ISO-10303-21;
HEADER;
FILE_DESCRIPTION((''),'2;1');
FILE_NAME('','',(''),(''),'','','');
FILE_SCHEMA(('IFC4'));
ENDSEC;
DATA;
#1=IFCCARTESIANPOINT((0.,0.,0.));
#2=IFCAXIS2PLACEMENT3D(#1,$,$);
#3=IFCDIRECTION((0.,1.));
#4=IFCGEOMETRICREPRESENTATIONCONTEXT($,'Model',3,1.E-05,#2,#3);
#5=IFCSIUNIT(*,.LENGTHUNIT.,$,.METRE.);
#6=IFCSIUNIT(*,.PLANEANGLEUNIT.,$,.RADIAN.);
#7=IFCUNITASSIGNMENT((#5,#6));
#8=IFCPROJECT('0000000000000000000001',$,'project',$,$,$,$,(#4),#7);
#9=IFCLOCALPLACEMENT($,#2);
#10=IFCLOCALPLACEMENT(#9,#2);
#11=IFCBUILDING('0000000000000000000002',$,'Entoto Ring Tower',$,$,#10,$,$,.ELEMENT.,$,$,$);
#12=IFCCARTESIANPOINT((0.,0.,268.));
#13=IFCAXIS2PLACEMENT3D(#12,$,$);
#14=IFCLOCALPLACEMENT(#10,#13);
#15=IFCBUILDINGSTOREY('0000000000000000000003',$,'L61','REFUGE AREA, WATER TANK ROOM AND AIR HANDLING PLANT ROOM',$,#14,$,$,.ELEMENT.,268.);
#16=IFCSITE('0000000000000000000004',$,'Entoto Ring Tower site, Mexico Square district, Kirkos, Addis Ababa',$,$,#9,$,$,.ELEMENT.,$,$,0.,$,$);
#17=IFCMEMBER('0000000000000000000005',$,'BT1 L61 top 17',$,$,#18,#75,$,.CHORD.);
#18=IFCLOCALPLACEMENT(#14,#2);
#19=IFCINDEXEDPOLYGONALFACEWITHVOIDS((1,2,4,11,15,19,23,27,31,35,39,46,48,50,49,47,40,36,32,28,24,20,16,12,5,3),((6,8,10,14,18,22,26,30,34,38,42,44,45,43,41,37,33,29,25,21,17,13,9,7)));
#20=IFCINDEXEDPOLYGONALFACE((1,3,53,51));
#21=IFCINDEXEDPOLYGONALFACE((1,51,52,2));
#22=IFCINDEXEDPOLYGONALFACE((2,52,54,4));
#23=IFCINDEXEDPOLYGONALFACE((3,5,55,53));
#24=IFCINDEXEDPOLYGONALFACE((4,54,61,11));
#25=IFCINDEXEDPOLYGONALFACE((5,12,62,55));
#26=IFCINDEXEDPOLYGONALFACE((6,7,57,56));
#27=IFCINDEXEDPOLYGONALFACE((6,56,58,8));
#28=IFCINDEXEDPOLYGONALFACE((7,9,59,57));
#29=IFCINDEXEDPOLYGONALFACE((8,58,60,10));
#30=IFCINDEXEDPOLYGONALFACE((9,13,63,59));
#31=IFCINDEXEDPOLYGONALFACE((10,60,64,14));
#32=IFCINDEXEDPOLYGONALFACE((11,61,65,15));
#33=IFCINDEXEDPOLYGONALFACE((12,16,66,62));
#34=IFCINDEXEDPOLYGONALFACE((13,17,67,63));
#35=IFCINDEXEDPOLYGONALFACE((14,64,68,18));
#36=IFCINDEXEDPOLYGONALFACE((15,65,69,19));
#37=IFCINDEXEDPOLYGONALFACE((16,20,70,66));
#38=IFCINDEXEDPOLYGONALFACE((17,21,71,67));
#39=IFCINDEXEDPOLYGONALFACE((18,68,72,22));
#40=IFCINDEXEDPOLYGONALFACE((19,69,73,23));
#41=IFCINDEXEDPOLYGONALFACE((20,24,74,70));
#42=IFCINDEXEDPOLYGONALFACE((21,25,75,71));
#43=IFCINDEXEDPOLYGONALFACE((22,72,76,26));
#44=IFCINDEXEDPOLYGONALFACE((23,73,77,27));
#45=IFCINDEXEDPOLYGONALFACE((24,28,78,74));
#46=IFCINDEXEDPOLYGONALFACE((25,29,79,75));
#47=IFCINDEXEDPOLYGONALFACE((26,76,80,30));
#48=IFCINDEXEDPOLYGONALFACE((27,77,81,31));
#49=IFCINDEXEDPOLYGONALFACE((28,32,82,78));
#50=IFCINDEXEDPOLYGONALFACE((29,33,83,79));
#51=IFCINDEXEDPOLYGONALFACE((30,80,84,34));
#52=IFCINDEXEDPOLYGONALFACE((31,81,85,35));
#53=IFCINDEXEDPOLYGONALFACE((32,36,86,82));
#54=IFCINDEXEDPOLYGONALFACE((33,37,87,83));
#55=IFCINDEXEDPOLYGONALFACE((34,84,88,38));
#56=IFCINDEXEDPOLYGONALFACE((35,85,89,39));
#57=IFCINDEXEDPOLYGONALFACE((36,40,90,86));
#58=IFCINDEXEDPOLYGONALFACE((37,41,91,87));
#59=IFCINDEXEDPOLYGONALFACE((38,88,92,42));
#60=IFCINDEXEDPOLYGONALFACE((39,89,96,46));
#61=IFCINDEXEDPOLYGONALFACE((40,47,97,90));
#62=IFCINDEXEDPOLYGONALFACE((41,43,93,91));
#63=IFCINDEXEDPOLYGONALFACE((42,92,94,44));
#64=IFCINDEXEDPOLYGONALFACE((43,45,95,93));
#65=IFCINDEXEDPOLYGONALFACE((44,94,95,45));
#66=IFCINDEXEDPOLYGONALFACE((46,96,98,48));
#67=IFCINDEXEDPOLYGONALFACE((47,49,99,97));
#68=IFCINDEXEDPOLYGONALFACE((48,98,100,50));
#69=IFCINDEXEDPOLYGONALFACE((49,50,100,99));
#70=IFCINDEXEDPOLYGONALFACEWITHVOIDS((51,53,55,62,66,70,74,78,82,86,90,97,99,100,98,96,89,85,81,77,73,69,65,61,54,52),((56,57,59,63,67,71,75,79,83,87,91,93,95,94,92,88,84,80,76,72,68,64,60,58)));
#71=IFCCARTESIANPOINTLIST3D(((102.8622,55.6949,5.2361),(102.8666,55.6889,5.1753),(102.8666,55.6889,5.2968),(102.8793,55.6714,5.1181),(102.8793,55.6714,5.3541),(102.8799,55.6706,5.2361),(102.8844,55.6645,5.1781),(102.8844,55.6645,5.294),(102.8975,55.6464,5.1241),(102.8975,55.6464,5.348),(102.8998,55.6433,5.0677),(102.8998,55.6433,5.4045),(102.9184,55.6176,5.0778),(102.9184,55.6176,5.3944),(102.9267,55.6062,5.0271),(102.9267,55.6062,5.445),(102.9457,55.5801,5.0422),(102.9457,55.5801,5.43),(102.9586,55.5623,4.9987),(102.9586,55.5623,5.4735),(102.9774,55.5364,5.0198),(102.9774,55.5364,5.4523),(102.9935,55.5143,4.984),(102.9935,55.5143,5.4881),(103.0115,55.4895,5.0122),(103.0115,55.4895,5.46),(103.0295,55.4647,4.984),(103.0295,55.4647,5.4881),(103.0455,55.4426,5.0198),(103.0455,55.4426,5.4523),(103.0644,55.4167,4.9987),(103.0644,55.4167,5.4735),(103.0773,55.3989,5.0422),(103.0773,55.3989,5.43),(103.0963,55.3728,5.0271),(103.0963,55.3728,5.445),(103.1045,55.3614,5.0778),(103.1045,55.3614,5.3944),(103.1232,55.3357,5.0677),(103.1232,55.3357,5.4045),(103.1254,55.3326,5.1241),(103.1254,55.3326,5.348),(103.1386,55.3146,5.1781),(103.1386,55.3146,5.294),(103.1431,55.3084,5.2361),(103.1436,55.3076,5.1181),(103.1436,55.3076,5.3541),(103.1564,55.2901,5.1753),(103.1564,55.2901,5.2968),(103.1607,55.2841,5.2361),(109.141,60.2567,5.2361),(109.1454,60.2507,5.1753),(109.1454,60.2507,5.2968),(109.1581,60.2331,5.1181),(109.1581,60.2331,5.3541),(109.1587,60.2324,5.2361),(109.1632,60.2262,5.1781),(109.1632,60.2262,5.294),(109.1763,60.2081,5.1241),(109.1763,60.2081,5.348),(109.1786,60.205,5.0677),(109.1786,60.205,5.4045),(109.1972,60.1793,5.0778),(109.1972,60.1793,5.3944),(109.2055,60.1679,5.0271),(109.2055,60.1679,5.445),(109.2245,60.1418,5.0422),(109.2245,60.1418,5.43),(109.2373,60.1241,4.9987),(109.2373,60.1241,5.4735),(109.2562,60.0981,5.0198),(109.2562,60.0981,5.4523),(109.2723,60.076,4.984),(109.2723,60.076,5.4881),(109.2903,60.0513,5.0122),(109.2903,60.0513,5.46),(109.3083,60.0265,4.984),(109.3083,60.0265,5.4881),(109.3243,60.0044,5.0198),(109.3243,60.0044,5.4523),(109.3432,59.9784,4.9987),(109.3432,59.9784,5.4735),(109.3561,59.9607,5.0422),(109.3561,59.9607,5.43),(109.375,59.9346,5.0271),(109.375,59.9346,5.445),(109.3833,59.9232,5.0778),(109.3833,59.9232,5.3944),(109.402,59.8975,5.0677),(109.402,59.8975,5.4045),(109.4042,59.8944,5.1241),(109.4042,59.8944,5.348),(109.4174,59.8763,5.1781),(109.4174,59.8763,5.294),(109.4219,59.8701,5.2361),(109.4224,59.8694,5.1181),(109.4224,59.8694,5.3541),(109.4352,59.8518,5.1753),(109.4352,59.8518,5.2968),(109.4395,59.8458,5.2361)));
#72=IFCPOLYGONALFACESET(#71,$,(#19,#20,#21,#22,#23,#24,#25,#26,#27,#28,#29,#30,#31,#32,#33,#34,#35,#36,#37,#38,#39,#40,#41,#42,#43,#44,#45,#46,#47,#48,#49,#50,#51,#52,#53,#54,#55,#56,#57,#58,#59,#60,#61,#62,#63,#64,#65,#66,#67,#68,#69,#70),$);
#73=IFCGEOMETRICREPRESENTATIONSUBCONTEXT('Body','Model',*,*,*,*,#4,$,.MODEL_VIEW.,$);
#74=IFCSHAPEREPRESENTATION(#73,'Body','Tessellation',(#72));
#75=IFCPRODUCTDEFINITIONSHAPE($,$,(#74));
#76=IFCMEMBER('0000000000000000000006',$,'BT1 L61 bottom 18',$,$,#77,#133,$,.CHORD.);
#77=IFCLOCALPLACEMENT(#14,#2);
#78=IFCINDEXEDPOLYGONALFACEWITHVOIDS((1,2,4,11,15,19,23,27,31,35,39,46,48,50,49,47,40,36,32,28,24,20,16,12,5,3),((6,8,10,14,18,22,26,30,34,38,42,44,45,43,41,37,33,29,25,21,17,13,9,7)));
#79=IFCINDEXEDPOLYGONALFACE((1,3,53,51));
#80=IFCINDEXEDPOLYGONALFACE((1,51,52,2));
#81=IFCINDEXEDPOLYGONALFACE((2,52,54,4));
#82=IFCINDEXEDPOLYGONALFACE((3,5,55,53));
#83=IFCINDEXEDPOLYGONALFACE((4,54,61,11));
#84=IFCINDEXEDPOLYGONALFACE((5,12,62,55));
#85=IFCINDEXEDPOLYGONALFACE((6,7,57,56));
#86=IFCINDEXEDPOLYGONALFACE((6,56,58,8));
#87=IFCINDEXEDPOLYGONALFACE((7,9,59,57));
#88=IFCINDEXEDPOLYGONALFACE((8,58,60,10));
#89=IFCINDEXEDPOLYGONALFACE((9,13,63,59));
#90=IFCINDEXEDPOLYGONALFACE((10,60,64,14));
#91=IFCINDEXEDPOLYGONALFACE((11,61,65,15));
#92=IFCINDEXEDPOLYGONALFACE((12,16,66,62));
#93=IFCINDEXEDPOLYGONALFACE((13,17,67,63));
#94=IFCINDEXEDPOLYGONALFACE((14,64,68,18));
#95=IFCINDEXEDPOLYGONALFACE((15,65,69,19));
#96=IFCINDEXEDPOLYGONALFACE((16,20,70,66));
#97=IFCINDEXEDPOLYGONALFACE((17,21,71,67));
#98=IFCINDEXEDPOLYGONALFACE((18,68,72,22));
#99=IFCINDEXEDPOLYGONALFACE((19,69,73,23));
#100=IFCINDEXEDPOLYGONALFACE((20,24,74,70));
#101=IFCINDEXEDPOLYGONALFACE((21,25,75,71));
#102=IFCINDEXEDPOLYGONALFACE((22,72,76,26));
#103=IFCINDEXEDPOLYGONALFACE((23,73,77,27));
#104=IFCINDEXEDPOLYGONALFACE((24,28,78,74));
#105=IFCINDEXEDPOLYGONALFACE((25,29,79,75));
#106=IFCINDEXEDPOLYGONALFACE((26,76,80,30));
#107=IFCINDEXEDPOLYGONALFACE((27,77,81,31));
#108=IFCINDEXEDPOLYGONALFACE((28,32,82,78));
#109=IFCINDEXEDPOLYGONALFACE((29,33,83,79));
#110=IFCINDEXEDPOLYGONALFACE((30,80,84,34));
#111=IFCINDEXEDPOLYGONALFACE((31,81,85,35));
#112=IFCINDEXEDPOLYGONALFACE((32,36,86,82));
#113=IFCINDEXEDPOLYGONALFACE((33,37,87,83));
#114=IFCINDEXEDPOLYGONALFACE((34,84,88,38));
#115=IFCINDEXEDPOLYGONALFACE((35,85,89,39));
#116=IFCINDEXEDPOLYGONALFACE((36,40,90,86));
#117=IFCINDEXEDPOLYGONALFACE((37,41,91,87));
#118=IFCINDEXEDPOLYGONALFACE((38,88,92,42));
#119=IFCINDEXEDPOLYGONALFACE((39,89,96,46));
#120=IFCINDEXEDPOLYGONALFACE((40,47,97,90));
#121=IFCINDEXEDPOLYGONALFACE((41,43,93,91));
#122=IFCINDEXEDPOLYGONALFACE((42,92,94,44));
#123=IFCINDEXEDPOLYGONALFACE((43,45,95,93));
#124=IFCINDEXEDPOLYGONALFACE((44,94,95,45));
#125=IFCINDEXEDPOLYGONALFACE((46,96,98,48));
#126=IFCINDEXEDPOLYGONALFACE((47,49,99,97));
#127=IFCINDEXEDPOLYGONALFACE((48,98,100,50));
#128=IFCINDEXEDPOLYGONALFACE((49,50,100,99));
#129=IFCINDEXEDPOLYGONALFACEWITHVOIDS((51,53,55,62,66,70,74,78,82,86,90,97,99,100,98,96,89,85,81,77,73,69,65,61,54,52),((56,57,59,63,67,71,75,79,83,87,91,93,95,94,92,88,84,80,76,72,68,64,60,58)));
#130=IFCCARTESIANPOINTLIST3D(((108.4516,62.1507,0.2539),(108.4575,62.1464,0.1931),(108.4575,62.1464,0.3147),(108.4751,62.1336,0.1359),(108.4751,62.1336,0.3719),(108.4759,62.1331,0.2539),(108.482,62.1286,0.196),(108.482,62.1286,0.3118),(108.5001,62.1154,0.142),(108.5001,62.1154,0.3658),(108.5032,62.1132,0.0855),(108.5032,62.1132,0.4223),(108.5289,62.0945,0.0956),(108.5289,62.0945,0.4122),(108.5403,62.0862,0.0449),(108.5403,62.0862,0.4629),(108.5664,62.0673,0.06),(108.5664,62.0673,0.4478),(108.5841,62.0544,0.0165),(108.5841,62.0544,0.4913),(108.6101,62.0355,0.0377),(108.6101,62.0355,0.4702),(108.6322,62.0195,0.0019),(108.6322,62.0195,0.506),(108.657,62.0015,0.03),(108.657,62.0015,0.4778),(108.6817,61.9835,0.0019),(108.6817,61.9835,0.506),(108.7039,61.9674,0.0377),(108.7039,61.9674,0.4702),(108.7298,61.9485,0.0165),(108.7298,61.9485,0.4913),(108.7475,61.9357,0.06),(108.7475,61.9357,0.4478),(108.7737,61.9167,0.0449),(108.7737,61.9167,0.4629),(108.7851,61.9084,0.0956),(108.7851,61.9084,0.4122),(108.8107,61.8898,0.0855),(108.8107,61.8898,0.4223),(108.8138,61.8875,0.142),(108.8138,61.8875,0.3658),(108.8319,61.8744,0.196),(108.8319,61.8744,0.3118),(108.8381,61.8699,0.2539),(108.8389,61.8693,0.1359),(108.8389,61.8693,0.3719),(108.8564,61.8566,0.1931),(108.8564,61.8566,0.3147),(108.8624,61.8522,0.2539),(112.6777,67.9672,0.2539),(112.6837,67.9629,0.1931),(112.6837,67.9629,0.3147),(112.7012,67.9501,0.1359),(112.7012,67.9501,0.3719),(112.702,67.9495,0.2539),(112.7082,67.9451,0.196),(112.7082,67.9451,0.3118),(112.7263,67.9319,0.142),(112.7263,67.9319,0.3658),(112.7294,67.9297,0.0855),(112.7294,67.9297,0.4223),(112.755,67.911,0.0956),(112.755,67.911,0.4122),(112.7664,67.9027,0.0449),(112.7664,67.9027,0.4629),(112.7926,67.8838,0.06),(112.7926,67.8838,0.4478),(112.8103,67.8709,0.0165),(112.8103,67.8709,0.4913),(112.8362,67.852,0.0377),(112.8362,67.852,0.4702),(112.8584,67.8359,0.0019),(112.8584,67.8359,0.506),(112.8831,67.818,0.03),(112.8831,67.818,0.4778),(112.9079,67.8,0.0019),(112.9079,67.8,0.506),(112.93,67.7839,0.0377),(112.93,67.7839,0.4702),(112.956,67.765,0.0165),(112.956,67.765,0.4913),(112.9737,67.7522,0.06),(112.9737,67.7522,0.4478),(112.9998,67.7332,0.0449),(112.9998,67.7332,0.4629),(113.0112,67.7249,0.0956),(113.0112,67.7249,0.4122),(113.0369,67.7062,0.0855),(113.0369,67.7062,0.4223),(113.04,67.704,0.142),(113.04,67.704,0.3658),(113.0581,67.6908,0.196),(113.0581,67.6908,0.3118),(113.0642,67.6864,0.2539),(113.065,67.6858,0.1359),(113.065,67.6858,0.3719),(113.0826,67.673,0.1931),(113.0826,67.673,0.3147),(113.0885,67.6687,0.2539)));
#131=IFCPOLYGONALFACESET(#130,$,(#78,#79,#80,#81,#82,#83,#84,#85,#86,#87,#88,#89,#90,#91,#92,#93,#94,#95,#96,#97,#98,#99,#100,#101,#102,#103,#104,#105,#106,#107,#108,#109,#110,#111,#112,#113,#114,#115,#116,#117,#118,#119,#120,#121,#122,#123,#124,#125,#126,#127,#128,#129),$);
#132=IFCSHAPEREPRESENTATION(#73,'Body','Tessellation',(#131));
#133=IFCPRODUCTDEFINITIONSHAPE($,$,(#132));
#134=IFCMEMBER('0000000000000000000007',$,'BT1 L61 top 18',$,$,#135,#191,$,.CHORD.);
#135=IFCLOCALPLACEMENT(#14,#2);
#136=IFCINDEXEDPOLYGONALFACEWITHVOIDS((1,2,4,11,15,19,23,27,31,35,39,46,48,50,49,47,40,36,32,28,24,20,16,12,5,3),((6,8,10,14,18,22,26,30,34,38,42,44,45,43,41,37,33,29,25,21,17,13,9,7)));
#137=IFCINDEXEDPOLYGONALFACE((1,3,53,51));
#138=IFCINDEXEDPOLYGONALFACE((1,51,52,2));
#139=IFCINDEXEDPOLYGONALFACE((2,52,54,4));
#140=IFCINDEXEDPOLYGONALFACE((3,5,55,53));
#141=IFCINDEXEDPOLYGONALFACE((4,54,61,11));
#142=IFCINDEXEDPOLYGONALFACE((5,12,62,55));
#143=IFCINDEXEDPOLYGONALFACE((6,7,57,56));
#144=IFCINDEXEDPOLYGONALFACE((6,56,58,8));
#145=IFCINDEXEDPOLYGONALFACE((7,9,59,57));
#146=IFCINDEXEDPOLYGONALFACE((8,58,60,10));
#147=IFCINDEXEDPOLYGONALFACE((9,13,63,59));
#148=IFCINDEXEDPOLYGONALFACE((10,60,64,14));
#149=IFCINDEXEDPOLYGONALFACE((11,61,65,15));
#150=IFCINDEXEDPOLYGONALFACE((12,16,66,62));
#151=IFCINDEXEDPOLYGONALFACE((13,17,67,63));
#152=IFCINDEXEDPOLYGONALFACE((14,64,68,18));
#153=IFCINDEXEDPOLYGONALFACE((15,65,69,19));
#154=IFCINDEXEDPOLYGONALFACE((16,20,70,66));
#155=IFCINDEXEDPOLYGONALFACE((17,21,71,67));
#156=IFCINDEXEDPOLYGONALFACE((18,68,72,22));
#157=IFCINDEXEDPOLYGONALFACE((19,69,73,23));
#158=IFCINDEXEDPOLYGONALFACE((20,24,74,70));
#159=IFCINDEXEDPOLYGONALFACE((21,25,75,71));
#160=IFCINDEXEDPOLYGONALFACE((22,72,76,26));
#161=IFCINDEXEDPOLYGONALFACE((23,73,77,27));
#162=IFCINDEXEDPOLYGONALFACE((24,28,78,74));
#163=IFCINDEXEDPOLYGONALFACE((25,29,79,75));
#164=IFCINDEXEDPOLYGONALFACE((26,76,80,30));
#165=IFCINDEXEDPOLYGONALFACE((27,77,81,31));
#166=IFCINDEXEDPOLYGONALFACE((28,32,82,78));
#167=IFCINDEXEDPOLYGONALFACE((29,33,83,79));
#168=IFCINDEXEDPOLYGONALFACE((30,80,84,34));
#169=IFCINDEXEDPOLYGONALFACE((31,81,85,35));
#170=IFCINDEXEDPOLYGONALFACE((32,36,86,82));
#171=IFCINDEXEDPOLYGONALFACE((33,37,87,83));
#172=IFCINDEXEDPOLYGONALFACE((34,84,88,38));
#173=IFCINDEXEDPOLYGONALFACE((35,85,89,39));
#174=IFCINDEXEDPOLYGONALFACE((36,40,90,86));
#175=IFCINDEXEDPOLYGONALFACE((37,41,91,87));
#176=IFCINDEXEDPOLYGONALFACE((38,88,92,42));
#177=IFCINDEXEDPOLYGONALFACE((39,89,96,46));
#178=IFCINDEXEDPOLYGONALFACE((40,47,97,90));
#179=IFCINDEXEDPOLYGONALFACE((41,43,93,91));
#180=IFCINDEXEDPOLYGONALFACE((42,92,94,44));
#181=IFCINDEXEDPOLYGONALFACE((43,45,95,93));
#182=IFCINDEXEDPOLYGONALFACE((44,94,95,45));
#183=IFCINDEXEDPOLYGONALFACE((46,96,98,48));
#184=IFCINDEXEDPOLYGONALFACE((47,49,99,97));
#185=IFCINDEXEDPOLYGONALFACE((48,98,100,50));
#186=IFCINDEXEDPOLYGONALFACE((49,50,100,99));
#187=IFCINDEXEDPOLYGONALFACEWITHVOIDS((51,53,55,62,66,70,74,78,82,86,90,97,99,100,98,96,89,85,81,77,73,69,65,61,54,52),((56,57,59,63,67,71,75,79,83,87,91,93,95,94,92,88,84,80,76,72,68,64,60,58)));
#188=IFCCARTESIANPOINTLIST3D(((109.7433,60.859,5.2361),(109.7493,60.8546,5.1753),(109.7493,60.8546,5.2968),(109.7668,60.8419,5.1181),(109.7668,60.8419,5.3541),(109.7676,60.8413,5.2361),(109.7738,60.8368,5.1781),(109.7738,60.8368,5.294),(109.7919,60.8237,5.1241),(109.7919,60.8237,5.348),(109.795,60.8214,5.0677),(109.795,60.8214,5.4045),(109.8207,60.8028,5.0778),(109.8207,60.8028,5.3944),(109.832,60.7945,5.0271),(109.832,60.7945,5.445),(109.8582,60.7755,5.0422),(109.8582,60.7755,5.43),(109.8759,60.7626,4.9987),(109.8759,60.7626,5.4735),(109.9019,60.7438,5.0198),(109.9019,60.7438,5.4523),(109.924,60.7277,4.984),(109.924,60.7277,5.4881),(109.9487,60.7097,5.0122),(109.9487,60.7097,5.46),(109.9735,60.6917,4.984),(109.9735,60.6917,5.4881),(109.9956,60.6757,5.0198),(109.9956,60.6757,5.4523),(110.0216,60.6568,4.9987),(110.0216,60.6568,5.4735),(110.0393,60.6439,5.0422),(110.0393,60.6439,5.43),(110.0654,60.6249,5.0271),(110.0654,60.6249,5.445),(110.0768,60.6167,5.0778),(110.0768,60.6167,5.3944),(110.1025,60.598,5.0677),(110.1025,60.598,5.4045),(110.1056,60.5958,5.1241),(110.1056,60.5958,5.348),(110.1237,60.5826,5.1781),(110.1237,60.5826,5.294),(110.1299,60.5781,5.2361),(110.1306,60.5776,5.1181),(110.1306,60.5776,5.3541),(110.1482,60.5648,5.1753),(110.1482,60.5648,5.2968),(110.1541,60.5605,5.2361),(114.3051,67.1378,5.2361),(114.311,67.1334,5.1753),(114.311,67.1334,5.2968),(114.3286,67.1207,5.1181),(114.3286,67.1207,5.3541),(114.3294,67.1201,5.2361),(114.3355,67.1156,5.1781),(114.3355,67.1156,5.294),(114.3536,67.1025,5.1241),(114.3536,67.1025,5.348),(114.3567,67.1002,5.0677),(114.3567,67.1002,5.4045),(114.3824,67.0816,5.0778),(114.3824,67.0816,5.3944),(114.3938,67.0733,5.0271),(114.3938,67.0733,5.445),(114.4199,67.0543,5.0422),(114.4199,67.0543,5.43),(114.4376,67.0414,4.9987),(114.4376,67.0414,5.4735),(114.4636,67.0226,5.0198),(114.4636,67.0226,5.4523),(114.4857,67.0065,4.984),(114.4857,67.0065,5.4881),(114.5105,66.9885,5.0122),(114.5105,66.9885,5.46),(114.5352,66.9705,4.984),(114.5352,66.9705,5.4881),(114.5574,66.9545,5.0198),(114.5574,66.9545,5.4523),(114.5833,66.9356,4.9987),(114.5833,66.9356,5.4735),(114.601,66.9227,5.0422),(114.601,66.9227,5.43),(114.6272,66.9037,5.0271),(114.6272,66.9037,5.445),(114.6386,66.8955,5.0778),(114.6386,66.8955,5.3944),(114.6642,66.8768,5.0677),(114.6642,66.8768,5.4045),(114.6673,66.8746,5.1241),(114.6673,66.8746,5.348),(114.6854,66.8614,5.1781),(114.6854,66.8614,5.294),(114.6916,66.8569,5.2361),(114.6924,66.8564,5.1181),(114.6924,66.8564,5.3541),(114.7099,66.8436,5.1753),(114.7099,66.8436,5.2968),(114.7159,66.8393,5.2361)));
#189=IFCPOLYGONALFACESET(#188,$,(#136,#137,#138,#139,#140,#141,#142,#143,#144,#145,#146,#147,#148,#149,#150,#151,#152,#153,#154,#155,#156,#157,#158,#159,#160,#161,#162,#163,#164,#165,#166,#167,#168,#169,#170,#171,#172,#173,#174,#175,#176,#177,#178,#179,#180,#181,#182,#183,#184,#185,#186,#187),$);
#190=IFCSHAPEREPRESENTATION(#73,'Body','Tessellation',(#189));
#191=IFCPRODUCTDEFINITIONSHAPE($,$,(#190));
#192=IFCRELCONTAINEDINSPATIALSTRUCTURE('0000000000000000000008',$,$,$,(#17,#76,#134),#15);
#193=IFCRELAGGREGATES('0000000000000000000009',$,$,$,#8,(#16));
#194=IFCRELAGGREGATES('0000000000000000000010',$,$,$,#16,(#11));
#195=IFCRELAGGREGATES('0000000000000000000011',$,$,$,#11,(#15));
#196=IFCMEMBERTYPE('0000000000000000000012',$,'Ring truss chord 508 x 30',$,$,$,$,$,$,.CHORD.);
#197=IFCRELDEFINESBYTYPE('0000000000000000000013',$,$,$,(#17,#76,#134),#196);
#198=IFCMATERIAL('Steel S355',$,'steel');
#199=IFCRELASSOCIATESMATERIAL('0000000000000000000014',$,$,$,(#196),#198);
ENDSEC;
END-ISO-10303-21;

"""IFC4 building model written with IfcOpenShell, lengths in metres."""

from ifc_helpers import new_model, si_unit, direction, frame, origin, origin_2d, place, context, subcontext, project, spatial, circle, hollow_circle, extrude, material, material_profile, profile_set, type_object, element, save


model = new_model("IFC4")

# Units and contexts
model_context = context("Model", 3, precision=1e-05, world=origin(), true_north=direction((0.0, 1.0)))
body_context = subcontext(model_context, "Body", "Model", "MODEL_VIEW")
ifc_project = project(units=[si_unit("LENGTHUNIT", "METRE"), si_unit("PLANEANGLEUNIT", "RADIAN")], contexts=[model_context])

# Site, building, storey
site_placement = place(None, origin())
site = spatial("IfcSite", under=ifc_project, at=site_placement, Name="Entoto Ring Tower site, Mexico Square district, Kirkos, Addis Ababa", CompositionType="ELEMENT", RefElevation=0.0)
building_placement = place(site_placement, origin())
building = spatial("IfcBuilding", under=site, at=building_placement, Name="Entoto Ring Tower", CompositionType="ELEMENT")
storey_placement = place(building_placement, frame((0.0, 0.0, 268.0)))
storey = spatial("IfcBuildingStorey", under=building, at=storey_placement, Name="L61", Description="REFUGE AREA, WATER TANK ROOM AND AIR HANDLING PLANT ROOM", CompositionType="ELEMENT", Elevation=268.0)

# Members
ifc_material_1 = material(Name="Steel S355", Category="steel")
ifc_material_profile_1 = material_profile(ifc_material_1, hollow_circle(Radius=0.2539, WallThickness=0.03, at=origin_2d()), Name="CHS 508 x 30")
ifc_material_2 = material(Name="Concrete C60/75", Category="concrete")
ifc_material_profile_2 = material_profile(ifc_material_2, circle(Radius=0.2241, at=origin_2d()), Name="Concrete C60/75 infill")
ifc_profile_set_1 = profile_set([ifc_material_profile_1, ifc_material_profile_2], Name="Steel S355")
member_type_1 = type_object("IfcMemberType", Name="Ring truss chord 508 x 30", PredefinedType="CHORD", material=ifc_profile_set_1)
member_1_placement = place(storey_placement, frame((103.0115, 55.4895, 5.2361), z_axis=(0.80902, 0.587781, 0.0), x_axis=(-0.587781, 0.80902, 0.0)))
element("IfcMember", 1, at=member_1_placement, inside=storey, type_object=member_type_1, Name="BT1 L61 top 17", PredefinedType="CHORD", context=body_context, shape_type="SweptSolid", body=[
    extrude(hollow_circle(Radius=0.2539, WallThickness=0.03, at=origin_2d()), origin(), (0.0, 0.0, 1.0), 7.761),
])
member_2_placement = place(storey_placement, frame((108.657, 62.0015, 0.2539), z_axis=(0.587804, 0.809003, 0.0), x_axis=(-0.809003, 0.587804, 0.0)))
element("IfcMember", 2, at=member_2_placement, inside=storey, type_object=member_type_1, Name="BT1 L61 bottom 18", PredefinedType="CHORD", context=body_context, shape_type="SweptSolid", body=[
    extrude(hollow_circle(Radius=0.2539, WallThickness=0.03, at=origin_2d()), origin(), (0.0, 0.0, 1.0), 7.1897),
])
member_3_placement = place(storey_placement, frame((109.9487, 60.7097, 5.2361), z_axis=(0.587781, 0.80902, 0.0), x_axis=(-0.80902, 0.587781, 0.0)))
element("IfcMember", 3, at=member_3_placement, inside=storey, type_object=member_type_1, Name="BT1 L61 top 18", PredefinedType="CHORD", context=body_context, shape_type="SweptSolid", body=[
    extrude(hollow_circle(Radius=0.2539, WallThickness=0.03, at=origin_2d()), origin(), (0.0, 0.0, 1.0), 7.761),
])

save(model, "model.ifc")
